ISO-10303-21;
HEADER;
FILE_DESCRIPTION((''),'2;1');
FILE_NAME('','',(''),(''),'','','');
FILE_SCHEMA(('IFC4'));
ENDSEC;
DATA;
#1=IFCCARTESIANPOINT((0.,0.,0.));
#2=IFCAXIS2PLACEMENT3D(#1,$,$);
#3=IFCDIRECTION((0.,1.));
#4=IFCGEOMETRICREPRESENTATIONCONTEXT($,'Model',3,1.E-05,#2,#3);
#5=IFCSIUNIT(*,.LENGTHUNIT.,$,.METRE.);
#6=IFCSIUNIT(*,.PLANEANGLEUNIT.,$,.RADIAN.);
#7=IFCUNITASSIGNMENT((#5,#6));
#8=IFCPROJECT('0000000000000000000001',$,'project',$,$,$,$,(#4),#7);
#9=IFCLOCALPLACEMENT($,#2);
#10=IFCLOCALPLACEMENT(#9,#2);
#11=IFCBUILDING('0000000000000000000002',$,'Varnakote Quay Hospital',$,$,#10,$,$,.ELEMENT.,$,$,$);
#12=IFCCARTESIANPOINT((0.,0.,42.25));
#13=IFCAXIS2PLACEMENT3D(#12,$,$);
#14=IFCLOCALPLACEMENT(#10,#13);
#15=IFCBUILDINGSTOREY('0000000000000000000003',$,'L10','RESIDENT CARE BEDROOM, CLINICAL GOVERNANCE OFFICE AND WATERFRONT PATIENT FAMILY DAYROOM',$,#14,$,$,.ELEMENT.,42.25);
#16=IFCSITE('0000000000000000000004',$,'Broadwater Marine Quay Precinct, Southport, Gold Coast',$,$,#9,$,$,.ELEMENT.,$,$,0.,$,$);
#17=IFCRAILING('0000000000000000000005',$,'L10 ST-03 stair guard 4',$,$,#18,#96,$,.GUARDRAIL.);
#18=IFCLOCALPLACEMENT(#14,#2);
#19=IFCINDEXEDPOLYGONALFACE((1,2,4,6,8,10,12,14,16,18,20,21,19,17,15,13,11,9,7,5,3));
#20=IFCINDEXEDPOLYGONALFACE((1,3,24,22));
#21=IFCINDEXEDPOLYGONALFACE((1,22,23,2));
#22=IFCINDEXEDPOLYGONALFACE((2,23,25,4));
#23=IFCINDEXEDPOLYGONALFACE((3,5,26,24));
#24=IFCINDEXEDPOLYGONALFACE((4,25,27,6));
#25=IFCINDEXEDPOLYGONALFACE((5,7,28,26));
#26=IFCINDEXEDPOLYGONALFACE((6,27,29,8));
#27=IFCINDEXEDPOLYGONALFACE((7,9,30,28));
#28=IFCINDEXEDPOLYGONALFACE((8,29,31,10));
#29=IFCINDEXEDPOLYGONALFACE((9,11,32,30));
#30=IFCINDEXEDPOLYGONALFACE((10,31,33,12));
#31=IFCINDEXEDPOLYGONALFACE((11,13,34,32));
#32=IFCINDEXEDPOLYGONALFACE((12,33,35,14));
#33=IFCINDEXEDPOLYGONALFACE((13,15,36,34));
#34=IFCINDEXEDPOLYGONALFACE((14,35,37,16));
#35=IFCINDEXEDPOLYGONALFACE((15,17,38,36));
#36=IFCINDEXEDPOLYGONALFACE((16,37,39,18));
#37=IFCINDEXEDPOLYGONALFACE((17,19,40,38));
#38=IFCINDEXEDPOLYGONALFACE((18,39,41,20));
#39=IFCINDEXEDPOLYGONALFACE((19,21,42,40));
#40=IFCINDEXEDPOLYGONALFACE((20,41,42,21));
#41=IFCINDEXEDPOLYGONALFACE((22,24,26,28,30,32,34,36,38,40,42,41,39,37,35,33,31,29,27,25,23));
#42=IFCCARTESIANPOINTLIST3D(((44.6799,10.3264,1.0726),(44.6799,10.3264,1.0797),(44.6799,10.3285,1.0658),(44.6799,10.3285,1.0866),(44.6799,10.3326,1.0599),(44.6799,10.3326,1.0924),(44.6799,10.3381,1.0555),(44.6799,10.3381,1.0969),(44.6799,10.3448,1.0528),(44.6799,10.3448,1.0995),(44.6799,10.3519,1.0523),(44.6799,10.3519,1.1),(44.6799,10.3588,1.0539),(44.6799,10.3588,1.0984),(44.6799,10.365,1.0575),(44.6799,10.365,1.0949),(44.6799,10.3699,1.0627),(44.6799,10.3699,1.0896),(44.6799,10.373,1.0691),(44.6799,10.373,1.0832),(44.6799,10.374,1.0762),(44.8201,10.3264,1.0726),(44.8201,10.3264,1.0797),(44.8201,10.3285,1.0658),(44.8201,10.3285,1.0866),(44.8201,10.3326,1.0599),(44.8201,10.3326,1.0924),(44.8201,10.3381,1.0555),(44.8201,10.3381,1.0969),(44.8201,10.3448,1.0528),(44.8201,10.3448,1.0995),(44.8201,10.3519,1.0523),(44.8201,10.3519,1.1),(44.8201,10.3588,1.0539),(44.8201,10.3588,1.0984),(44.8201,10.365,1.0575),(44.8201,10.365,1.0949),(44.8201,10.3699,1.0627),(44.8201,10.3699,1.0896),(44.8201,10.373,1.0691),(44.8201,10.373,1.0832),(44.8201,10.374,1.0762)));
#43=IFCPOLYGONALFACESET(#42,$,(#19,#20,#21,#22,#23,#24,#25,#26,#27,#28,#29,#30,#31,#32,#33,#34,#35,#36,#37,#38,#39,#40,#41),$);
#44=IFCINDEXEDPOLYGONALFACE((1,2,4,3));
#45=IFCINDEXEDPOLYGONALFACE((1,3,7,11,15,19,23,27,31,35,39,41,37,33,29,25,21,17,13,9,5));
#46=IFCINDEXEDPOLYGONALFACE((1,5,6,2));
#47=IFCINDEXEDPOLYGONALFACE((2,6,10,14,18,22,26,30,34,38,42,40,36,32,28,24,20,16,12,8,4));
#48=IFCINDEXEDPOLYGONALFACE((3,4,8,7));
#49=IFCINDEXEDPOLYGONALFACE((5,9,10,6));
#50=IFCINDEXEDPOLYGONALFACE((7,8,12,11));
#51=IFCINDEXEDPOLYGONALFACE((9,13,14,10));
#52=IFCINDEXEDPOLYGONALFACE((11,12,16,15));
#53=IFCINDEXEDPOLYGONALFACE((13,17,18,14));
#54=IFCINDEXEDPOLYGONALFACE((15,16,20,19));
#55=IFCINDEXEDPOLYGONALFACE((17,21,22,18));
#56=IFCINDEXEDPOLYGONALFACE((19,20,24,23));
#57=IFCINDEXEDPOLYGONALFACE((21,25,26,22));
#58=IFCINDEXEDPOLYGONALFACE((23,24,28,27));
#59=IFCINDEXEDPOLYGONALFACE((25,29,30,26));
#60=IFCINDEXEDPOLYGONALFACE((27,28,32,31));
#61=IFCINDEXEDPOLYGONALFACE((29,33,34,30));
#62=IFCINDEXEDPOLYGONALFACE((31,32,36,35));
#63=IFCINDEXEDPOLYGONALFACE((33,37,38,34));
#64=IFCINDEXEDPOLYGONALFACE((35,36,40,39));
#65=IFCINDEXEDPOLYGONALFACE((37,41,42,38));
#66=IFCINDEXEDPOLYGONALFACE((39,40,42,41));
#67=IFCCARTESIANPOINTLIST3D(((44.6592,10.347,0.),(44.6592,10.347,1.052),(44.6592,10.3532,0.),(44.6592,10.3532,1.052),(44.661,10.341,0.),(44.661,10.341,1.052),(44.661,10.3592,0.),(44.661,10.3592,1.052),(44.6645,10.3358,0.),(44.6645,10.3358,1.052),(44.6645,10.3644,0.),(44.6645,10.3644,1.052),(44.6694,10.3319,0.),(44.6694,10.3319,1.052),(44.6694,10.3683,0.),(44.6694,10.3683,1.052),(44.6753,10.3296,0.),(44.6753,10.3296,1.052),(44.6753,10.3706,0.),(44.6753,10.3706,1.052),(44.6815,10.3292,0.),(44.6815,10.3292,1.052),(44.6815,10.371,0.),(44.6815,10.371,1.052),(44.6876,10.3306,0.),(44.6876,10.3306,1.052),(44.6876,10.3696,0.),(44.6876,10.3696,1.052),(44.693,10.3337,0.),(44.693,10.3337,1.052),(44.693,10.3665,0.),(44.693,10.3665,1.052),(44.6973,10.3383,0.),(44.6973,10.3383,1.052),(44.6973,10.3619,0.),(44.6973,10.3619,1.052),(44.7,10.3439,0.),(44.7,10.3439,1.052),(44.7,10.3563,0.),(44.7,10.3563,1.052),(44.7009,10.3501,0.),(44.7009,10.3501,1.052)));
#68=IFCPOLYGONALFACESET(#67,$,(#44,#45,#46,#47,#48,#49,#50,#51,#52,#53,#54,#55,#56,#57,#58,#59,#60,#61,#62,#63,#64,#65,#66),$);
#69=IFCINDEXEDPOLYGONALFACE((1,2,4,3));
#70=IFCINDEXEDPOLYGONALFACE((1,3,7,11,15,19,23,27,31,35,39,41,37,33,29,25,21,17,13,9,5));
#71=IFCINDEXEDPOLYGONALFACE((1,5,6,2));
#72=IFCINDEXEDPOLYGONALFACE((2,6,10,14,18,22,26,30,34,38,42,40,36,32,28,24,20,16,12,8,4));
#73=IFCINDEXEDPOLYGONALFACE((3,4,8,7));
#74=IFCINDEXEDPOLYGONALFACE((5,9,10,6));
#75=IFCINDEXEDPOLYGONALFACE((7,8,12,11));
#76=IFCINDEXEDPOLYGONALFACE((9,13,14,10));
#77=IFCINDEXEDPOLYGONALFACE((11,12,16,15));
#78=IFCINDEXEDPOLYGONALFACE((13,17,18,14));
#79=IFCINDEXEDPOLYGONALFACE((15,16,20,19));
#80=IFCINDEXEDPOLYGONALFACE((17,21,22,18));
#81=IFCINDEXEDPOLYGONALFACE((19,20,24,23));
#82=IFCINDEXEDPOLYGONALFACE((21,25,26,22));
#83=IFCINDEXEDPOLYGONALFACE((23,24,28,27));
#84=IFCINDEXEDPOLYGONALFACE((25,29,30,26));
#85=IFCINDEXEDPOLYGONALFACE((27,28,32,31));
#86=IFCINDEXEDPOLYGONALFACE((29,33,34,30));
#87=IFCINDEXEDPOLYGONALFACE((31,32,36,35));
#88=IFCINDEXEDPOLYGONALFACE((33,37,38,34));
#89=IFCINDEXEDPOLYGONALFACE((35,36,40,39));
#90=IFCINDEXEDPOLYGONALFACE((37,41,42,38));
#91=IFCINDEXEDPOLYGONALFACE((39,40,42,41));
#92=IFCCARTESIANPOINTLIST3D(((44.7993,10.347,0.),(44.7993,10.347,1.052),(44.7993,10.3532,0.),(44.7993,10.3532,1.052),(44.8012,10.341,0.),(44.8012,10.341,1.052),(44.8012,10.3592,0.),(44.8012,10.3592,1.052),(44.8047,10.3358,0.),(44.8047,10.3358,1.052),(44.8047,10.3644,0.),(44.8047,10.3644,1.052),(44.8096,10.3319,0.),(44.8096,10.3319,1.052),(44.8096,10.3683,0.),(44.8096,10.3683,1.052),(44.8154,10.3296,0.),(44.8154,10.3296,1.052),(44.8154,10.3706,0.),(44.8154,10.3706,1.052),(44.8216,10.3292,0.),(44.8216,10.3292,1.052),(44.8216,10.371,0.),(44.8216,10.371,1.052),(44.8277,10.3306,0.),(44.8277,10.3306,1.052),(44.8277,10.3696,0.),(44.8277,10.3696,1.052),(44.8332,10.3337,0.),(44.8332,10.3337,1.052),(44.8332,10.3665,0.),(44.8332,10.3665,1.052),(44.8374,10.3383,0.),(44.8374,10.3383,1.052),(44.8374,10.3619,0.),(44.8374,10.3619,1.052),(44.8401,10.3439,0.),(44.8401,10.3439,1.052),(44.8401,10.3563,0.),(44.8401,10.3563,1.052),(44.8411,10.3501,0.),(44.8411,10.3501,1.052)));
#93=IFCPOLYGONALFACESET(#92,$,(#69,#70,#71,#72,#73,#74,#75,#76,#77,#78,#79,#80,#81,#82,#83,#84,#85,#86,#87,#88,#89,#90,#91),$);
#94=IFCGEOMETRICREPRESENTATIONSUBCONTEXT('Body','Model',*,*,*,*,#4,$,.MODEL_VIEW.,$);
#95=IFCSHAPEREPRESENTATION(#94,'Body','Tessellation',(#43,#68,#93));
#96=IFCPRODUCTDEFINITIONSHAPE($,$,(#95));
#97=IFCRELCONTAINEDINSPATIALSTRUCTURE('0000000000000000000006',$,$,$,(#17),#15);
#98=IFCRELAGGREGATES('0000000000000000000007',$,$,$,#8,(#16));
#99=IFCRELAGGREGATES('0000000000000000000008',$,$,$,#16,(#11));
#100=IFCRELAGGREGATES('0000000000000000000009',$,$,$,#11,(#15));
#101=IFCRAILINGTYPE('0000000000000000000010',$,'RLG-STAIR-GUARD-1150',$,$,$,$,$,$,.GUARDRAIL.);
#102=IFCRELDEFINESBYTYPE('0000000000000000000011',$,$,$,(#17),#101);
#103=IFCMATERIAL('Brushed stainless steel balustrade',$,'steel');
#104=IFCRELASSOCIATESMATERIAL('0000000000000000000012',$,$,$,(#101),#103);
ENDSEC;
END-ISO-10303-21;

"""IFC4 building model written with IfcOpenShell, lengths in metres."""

from ifc_helpers import new_model, si_unit, direction, frame, origin, origin_2d, place, context, subcontext, project, spatial, circle, extrude, material, type_object, element, save


model = new_model("IFC4")

# Units and contexts
model_context = context("Model", 3, precision=1e-05, world=origin(), true_north=direction((0.0, 1.0)))
body_context = subcontext(model_context, "Body", "Model", "MODEL_VIEW")
ifc_project = project(units=[si_unit("LENGTHUNIT", "METRE"), si_unit("PLANEANGLEUNIT", "RADIAN")], contexts=[model_context])

# Site, building, storey
site_placement = place(None, origin())
site = spatial("IfcSite", under=ifc_project, at=site_placement, Name="Broadwater Marine Quay Precinct, Southport, Gold Coast", CompositionType="ELEMENT", RefElevation=0.0)
building_placement = place(site_placement, origin())
building = spatial("IfcBuilding", under=site, at=building_placement, Name="Varnakote Quay Hospital", CompositionType="ELEMENT")
storey_placement = place(building_placement, frame((0.0, 0.0, 42.25)))
storey = spatial("IfcBuildingStorey", under=building, at=storey_placement, Name="L10", Description="RESIDENT CARE BEDROOM, CLINICAL GOVERNANCE OFFICE AND WATERFRONT PATIENT FAMILY DAYROOM", CompositionType="ELEMENT", Elevation=42.25)

# Railing
ifc_material_1 = material(Name="Brushed stainless steel balustrade", Category="steel")
railing_type_1 = type_object("IfcRailingType", Name="RLG-STAIR-GUARD-1150", PredefinedType="GUARDRAIL", material=ifc_material_1)
railing_1_placement = place(storey_placement, frame((44.6799, 10.3501, 0.0)))
element("IfcRailing", 1, at=railing_1_placement, inside=storey, type_object=railing_type_1, Name="L10 ST-03 stair guard 4", PredefinedType="GUARDRAIL", context=body_context, shape_type="SweptSolid", body=[
    extrude(circle(Radius=0.0239, at=origin_2d()), frame((0.0, 0.0, 1.0762), z_axis=(1.0, 0.0, 0.0), x_axis=(0.0, 1.0, 0.0)), (0.0, 0.0, 1.0), 0.1401),
    extrude(circle(Radius=0.021, at=origin_2d()), origin(), (0.0, 0.0, 1.0), 1.052),
    extrude(circle(Radius=0.021, at=origin_2d()), frame((0.1401, 0.0, 0.0)), (0.0, 0.0, 1.0), 1.052),
])

save(model, "model.ifc")
